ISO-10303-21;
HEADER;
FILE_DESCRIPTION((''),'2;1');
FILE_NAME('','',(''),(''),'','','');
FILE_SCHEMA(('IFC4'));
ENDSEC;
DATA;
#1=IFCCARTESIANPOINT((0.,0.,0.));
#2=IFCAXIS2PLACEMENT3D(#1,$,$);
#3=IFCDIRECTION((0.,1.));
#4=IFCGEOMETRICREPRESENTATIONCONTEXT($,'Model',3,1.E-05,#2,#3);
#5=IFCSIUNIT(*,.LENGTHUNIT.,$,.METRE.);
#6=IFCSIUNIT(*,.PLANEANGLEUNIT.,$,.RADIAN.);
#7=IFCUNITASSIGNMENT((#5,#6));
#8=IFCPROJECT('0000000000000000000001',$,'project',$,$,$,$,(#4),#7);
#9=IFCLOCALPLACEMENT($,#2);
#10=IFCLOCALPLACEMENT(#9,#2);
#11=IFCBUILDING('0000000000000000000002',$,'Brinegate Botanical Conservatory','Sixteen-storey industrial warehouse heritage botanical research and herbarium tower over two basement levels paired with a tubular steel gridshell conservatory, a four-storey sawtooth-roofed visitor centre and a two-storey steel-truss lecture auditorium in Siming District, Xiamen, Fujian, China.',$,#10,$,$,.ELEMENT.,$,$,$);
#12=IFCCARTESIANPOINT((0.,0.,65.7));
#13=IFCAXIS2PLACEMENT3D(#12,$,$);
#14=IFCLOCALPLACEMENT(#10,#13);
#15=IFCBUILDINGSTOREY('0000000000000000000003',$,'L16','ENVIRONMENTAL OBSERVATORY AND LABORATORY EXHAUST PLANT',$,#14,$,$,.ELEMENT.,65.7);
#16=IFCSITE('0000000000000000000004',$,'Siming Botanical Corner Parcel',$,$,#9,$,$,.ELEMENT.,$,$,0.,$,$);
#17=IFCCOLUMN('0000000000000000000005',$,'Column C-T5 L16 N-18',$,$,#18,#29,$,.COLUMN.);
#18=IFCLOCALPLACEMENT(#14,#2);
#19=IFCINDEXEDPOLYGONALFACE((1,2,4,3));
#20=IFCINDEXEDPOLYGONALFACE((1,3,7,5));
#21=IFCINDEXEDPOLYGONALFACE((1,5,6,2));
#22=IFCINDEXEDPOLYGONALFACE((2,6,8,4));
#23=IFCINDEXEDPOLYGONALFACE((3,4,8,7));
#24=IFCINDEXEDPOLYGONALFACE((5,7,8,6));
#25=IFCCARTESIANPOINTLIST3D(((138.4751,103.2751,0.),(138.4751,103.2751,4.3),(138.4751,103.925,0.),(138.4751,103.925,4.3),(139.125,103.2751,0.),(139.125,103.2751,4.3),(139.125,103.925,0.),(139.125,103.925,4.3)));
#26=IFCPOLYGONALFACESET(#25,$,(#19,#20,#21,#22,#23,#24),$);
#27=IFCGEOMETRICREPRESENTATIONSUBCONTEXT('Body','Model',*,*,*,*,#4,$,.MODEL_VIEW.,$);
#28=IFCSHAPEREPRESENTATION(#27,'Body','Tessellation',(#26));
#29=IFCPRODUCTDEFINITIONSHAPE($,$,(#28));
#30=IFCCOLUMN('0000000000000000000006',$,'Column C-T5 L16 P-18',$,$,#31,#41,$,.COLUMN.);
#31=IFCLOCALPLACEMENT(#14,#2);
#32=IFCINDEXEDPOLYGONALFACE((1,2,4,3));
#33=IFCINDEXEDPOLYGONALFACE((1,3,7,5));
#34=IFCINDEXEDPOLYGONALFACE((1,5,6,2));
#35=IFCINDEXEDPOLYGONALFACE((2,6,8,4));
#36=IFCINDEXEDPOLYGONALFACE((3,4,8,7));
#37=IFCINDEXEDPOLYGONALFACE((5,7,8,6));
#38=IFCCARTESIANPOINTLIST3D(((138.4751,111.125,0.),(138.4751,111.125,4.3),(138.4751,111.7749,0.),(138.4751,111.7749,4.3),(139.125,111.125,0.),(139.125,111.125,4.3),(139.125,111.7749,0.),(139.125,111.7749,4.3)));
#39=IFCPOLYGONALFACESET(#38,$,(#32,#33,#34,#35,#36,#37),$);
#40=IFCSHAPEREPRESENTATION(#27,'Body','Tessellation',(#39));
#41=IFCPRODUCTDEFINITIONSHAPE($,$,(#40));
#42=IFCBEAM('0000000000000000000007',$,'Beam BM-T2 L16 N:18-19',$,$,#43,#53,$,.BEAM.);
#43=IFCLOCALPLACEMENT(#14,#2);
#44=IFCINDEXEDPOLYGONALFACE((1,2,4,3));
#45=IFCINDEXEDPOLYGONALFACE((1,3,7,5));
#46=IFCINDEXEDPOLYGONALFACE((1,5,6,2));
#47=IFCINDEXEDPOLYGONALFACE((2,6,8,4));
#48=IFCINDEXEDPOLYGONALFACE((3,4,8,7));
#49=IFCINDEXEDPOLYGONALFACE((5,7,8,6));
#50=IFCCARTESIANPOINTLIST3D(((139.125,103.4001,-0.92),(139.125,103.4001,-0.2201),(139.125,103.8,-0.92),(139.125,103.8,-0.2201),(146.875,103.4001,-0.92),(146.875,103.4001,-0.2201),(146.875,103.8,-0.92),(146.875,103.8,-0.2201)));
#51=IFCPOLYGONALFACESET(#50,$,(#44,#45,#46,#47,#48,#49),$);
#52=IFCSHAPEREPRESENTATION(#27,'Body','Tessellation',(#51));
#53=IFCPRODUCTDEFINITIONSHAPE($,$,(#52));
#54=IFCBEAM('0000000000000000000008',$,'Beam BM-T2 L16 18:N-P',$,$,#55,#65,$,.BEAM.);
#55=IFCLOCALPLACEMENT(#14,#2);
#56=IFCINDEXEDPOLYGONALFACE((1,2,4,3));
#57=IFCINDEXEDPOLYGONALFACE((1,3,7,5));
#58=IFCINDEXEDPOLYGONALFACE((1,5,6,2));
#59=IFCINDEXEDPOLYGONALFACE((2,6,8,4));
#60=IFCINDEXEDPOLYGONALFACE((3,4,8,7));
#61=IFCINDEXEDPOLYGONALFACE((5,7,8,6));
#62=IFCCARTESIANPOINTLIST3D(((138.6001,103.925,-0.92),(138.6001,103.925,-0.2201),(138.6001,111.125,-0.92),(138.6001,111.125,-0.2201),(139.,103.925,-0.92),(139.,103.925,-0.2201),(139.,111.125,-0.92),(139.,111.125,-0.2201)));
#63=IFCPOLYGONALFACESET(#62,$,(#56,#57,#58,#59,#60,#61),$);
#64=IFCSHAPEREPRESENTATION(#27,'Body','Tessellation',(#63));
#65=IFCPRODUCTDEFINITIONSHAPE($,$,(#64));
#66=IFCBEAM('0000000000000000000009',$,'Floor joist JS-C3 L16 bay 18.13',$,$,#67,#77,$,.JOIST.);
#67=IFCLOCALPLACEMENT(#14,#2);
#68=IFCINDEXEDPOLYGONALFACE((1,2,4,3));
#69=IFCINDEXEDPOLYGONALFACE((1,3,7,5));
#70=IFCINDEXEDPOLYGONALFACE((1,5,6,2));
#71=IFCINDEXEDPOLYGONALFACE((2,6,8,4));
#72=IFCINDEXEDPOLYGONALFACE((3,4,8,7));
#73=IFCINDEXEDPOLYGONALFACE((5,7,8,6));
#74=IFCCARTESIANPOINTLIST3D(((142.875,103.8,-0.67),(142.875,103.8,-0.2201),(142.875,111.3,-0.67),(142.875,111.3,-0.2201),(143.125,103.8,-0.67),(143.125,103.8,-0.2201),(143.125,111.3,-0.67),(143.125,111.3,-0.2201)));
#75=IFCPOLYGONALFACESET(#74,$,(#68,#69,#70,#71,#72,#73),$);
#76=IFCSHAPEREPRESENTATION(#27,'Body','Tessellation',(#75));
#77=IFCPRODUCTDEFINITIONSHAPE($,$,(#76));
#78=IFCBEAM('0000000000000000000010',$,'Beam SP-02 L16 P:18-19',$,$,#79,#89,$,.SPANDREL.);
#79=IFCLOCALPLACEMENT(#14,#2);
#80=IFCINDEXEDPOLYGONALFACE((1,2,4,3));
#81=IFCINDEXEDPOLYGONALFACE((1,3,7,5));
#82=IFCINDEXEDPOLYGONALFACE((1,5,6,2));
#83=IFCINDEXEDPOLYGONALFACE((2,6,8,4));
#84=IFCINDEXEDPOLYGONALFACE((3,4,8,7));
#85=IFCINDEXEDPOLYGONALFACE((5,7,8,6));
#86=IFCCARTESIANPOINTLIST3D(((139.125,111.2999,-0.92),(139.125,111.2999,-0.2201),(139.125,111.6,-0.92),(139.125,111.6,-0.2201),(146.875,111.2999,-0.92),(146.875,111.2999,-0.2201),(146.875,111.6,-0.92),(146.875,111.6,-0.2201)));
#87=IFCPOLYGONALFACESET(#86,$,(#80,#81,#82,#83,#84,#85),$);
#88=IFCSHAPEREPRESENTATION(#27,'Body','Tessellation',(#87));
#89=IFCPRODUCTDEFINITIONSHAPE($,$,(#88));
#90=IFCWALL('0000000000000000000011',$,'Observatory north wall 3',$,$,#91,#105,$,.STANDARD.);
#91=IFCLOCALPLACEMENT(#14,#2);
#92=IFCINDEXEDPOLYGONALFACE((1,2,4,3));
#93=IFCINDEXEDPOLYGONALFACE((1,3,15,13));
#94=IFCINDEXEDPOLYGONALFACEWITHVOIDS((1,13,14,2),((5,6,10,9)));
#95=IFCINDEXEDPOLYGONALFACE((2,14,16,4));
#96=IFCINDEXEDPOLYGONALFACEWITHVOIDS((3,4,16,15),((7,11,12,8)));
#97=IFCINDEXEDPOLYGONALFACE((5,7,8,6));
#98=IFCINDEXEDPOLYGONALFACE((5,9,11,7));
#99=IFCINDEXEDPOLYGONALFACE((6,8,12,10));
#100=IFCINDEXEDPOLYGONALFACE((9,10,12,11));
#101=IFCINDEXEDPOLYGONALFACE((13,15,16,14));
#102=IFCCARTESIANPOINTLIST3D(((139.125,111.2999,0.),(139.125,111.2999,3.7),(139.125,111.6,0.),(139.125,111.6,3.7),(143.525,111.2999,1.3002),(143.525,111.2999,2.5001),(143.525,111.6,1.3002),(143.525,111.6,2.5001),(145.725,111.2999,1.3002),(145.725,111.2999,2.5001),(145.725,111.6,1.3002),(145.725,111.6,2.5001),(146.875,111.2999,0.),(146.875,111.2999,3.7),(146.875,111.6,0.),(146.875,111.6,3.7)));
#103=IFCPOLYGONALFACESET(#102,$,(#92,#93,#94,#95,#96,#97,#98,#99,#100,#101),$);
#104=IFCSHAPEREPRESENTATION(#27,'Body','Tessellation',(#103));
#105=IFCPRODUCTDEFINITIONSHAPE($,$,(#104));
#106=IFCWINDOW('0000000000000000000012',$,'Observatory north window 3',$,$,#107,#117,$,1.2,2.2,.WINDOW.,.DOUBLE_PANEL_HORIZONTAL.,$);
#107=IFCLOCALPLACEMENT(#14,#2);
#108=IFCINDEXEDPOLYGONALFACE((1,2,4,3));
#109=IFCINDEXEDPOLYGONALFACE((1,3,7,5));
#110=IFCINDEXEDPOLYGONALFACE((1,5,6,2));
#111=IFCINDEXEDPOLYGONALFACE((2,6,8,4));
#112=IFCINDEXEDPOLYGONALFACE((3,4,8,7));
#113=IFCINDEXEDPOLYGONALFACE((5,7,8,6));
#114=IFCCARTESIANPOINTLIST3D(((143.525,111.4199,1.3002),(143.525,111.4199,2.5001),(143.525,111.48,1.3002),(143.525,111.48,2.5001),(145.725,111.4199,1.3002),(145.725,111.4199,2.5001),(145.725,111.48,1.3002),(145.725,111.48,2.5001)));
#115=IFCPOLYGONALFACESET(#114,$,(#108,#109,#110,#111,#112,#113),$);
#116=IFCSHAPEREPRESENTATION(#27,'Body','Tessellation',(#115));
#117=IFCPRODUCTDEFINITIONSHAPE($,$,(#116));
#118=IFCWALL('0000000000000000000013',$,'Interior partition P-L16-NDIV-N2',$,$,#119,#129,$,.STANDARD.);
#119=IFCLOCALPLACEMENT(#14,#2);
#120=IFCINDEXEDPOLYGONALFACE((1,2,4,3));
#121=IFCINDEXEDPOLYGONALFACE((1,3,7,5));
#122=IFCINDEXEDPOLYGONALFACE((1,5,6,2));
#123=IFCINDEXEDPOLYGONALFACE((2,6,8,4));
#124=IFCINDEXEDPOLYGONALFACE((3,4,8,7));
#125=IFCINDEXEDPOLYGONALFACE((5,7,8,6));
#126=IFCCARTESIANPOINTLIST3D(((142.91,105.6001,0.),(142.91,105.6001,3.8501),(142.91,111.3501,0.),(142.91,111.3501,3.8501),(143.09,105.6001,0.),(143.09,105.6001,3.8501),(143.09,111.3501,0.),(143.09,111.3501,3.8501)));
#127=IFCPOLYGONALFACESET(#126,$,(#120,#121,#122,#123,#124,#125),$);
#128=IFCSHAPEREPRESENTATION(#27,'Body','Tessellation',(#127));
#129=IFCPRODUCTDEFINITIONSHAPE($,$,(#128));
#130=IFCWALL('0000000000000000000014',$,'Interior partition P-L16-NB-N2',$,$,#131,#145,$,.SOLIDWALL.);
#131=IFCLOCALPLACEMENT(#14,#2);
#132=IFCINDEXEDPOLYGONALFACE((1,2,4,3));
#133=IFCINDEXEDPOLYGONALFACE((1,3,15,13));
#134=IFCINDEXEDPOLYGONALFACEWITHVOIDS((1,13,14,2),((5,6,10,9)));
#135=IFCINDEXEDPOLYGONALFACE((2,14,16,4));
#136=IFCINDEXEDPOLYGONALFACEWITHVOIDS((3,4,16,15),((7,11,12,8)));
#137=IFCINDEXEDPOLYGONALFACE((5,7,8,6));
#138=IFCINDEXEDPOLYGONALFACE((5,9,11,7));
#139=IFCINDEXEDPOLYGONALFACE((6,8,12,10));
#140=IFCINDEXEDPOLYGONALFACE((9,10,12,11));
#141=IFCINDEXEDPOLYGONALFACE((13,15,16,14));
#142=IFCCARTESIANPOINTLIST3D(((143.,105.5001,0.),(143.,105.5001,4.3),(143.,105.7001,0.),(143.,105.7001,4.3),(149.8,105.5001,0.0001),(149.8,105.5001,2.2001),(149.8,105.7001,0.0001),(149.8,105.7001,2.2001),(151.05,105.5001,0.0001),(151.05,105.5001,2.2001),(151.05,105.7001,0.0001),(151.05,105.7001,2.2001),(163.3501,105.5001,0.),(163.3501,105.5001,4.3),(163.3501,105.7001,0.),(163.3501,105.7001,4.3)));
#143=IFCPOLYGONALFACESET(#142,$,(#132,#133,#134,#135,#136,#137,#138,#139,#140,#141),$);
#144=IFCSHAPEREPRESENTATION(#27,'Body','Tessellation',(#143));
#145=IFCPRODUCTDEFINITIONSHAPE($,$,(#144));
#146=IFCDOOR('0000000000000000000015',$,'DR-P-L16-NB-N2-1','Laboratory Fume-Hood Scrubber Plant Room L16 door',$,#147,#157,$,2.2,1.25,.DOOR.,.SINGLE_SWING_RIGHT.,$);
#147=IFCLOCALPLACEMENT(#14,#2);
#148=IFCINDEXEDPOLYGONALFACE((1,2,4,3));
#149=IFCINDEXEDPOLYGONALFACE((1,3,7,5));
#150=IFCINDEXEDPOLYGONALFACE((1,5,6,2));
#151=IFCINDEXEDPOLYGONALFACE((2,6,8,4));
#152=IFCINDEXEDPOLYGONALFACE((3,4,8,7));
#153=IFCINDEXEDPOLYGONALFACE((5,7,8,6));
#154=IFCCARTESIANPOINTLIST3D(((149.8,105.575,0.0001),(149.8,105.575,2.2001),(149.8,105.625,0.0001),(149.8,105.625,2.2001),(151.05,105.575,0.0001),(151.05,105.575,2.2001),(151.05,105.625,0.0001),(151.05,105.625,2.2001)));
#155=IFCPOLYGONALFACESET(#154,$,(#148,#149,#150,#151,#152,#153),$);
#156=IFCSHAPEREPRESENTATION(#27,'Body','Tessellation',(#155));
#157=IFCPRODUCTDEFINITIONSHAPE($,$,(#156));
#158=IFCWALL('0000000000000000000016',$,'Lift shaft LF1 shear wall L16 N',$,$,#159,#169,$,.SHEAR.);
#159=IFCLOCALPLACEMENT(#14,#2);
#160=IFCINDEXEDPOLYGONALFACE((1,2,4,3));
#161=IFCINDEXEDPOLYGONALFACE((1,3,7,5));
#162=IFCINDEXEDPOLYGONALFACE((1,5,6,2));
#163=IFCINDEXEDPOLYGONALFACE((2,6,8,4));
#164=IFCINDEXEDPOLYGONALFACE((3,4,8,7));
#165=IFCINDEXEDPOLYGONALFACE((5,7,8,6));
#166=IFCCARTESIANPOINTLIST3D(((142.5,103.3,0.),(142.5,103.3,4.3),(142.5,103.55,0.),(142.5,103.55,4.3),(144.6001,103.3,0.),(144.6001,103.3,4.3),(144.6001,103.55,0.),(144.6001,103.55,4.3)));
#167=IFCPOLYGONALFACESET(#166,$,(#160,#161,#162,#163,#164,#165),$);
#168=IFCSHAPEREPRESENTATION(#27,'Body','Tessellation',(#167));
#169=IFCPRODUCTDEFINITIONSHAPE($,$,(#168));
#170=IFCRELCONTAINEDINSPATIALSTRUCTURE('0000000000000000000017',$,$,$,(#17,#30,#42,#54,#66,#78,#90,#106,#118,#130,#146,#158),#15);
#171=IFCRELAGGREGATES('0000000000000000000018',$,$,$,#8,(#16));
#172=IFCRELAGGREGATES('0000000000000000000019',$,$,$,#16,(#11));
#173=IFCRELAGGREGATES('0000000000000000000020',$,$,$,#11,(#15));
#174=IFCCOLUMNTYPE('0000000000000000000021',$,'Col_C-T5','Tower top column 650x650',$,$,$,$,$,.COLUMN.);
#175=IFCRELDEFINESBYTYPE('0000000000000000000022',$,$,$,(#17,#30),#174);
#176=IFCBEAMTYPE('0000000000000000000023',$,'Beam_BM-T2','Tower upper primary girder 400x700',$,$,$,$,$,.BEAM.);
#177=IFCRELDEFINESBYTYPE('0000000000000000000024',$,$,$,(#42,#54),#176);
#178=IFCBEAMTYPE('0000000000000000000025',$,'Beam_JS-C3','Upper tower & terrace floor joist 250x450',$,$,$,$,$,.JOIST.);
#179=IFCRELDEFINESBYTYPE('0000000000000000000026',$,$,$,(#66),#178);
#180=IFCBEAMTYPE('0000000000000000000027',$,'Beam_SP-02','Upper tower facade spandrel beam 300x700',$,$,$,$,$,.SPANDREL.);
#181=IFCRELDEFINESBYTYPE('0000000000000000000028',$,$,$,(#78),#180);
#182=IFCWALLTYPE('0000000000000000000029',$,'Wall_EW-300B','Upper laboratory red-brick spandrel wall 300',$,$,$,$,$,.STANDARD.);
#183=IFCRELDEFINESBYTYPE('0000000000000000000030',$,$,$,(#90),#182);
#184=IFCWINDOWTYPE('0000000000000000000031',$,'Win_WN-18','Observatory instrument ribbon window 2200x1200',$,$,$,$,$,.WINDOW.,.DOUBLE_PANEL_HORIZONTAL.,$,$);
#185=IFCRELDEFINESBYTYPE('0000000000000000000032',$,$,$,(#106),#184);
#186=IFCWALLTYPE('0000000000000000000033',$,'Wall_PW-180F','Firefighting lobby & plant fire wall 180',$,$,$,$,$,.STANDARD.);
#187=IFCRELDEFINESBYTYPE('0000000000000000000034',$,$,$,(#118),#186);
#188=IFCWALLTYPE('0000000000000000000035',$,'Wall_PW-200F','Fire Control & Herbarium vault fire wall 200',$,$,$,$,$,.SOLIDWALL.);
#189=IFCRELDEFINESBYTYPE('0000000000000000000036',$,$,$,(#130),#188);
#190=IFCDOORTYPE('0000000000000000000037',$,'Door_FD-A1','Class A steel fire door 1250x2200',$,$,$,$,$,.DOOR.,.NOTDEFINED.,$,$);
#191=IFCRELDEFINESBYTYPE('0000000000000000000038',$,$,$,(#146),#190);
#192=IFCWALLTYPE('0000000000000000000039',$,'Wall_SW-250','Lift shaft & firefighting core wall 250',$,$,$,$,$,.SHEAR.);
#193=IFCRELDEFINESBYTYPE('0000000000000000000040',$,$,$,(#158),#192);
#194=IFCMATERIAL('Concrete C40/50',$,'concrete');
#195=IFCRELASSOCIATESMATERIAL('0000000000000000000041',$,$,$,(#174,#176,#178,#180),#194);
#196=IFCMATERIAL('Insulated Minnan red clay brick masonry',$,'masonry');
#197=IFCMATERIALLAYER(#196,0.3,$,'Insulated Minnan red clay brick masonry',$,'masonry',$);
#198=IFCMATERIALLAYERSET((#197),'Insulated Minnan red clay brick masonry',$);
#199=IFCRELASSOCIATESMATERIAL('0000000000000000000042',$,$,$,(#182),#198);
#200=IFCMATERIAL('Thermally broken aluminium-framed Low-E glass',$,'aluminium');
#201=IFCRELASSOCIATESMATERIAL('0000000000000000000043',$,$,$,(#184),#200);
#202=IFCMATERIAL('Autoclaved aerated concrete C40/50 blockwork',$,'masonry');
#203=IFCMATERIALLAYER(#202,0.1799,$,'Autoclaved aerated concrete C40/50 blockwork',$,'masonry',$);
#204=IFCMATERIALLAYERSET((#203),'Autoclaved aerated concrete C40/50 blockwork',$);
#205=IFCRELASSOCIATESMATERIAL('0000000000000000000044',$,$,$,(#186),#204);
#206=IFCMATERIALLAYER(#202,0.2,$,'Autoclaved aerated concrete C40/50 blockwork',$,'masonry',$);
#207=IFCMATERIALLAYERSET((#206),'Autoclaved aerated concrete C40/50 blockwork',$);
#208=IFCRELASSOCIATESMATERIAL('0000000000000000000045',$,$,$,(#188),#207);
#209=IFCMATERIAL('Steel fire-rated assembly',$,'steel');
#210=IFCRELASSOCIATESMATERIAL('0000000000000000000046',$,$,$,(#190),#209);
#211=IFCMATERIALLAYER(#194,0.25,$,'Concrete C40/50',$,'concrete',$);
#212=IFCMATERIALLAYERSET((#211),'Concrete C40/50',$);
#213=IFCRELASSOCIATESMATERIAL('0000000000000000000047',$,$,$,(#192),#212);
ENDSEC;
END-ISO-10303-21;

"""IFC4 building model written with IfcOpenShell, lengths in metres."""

from ifc_helpers import new_model, si_unit, direction, frame, frame_2d, origin, origin_2d, place, context, subcontext, project, spatial, rectangle, extrude, material, layer, layer_set, material_profile, profile_set, type_object, element, fill, save


model = new_model("IFC4")

# Units and contexts
model_context = context("Model", 3, precision=1e-05, world=origin(), true_north=direction((0.0, 1.0)))
body_context = subcontext(model_context, "Body", "Model", "MODEL_VIEW")
ifc_project = project(units=[si_unit("LENGTHUNIT", "METRE"), si_unit("PLANEANGLEUNIT", "RADIAN")], contexts=[model_context])

# Site, building, storey
site_placement = place(None, origin())
site = spatial("IfcSite", under=ifc_project, at=site_placement, Name="Siming Botanical Corner Parcel", CompositionType="ELEMENT", RefElevation=0.0)
building_placement = place(site_placement, origin())
building = spatial("IfcBuilding", under=site, at=building_placement, Name="Brinegate Botanical Conservatory", Description="Sixteen-storey industrial warehouse heritage botanical research and herbarium tower over two basement levels paired with a tubular steel gridshell conservatory, a four-storey sawtooth-roofed visitor centre and a two-storey steel-truss lecture auditorium in Siming District, Xiamen, Fujian, China.", CompositionType="ELEMENT")
storey_placement = place(building_placement, frame((0.0, 0.0, 65.7)))
storey = spatial("IfcBuildingStorey", under=building, at=storey_placement, Name="L16", Description="ENVIRONMENTAL OBSERVATORY AND LABORATORY EXHAUST PLANT", CompositionType="ELEMENT", Elevation=65.7)

# Columns
ifc_material_1 = material(Name="Concrete C40/50", Category="concrete")
ifc_material_profile_1 = material_profile(ifc_material_1, rectangle(XDim=0.6499, YDim=0.6499, at=origin_2d()), Name="RC COL 650x650")
ifc_profile_set_1 = profile_set([ifc_material_profile_1], Name="Concrete C40/50")
column_type = type_object("IfcColumnType", Name="Col_C-T5", Description="Tower top column 650x650", PredefinedType="COLUMN", material=ifc_profile_set_1)
for number, where, z_axis, x_axis, name in (
    (1, (138.8, 103.6001, 0.0), (0.0, 0.0, 1.0), (1.0, 0.0, 0.0), "Column C-T5 L16 N-18"),
    (2, (138.8, 111.45, 0.0), (0.0, 0.0, 1.0), (1.0, 0.0, 0.0), "Column C-T5 L16 P-18"),
):
    element("IfcColumn", number, at=place(storey_placement, frame(where, z_axis=z_axis, x_axis=x_axis)), inside=storey, type_object=column_type, Name=name, PredefinedType="COLUMN", context=body_context, shape_type="SweptSolid", body=[
        extrude(rectangle(XDim=0.6499, YDim=0.6499, at=origin_2d()), origin(), (0.0, 0.0, 1.0), 4.3),
    ])

# Beams
ifc_material_profile_2 = material_profile(ifc_material_1, rectangle(XDim=0.3999, YDim=0.7, at=origin_2d()), Name="RC BM 400x700")
ifc_profile_set_2 = profile_set([ifc_material_profile_2], Name="Concrete C40/50")
beam_type_1 = type_object("IfcBeamType", Name="Beam_BM-T2", Description="Tower upper primary girder 400x700", PredefinedType="BEAM", material=ifc_profile_set_2)
beam_1_placement = place(storey_placement, frame((139.125, 103.6001, -0.5701), z_axis=(1.0, 0.0, 0.0), x_axis=(0.0, 1.0, 0.0)))
element("IfcBeam", 3, at=beam_1_placement, inside=storey, type_object=beam_type_1, Name="Beam BM-T2 L16 N:18-19", PredefinedType="BEAM", context=body_context, shape_type="SweptSolid", body=[
    extrude(rectangle(XDim=0.3999, YDim=0.7, at=origin_2d()), origin(), (0.0, 0.0, 1.0), 7.75),
])
beam_2_placement = place(storey_placement, frame((138.8, 103.925, -0.5701), z_axis=(0.0, 1.0, 0.0), x_axis=(-1.0, 0.0, 0.0)))
element("IfcBeam", 4, at=beam_2_placement, inside=storey, type_object=beam_type_1, Name="Beam BM-T2 L16 18:N-P", PredefinedType="BEAM", context=body_context, shape_type="SweptSolid", body=[
    extrude(rectangle(XDim=0.3999, YDim=0.7, at=origin_2d()), origin(), (0.0, 0.0, 1.0), 7.2),
])
ifc_material_profile_3 = material_profile(ifc_material_1, rectangle(XDim=0.25, YDim=0.45, at=origin_2d()), Name="RC JST 250x450")
ifc_profile_set_3 = profile_set([ifc_material_profile_3], Name="Concrete C40/50")
beam_type_2 = type_object("IfcBeamType", Name="Beam_JS-C3", Description="Upper tower & terrace floor joist 250x450", PredefinedType="JOIST", material=ifc_profile_set_3)
beam_3_placement = place(storey_placement, frame((143.0, 103.8, -0.4451), z_axis=(0.0, 1.0, 0.0), x_axis=(-1.0, 0.0, 0.0)))
element("IfcBeam", 5, at=beam_3_placement, inside=storey, type_object=beam_type_2, Name="Floor joist JS-C3 L16 bay 18.13", PredefinedType="JOIST", context=body_context, shape_type="SweptSolid", body=[
    extrude(rectangle(XDim=0.25, YDim=0.45, at=origin_2d()), origin(), (0.0, 0.0, 1.0), 7.5),
])
ifc_material_profile_4 = material_profile(ifc_material_1, rectangle(XDim=0.3, YDim=0.7, at=origin_2d()), Name="RC SPN 300x700")
ifc_profile_set_4 = profile_set([ifc_material_profile_4], Name="Concrete C40/50")
beam_type_3 = type_object("IfcBeamType", Name="Beam_SP-02", Description="Upper tower facade spandrel beam 300x700", PredefinedType="SPANDREL", material=ifc_profile_set_4)
beam_4_placement = place(storey_placement, frame((139.125, 111.45, -0.5701), z_axis=(1.0, 0.0, 0.0), x_axis=(0.0, 1.0, 0.0)))
element("IfcBeam", 6, at=beam_4_placement, inside=storey, type_object=beam_type_3, Name="Beam SP-02 L16 P:18-19", PredefinedType="SPANDREL", context=body_context, shape_type="SweptSolid", body=[
    extrude(rectangle(XDim=0.3, YDim=0.7, at=origin_2d()), origin(), (0.0, 0.0, 1.0), 7.75),
])

# Wall, opening, window
ifc_material_2 = material(Name="Insulated Minnan red clay brick masonry", Category="masonry")
ifc_layer_1 = layer(ifc_material_2, 0.3, Name="Insulated Minnan red clay brick masonry", Category="masonry")
ifc_layer_set_1 = layer_set([ifc_layer_1], Name="Insulated Minnan red clay brick masonry")
wall_type_1 = type_object("IfcWallType", Name="Wall_EW-300B", Description="Upper laboratory red-brick spandrel wall 300", PredefinedType="STANDARD", material=ifc_layer_set_1)
wall_1_placement = place(storey_placement, frame((139.125, 111.45, 0.0), z_axis=(0.0, 0.0, 1.0), x_axis=(1.0, 0.0, 0.0)))
wall_1 = element("IfcWall", 7, at=wall_1_placement, inside=storey, type_object=wall_type_1, Name="Observatory north wall 3", PredefinedType="STANDARD", context=body_context, shape_type="SweptSolid", body=[
    extrude(rectangle(XDim=7.75, YDim=0.3, at=frame_2d((3.875, 0.0))), origin(), (0.0, 0.0, 1.0), 3.7),
])
opening_1_placement = place(wall_1_placement, frame((4.3999, 0.0, 1.3)))
opening_1 = element("IfcOpeningElement", 8, at=opening_1_placement, cuts=wall_1, PredefinedType="OPENING", context=body_context, shape_type="SweptSolid", body=[
    extrude(rectangle(XDim=2.2, YDim=1.2, at=frame_2d((1.1001, 0.6001))), frame((0.0, 0.1599, 0.0), z_axis=(0.0, -1.0, 0.0), x_axis=(1.0, 0.0, 0.0)), (0.0, 0.0, 1.0), 0.3201),
])
ifc_material_3 = material(Name="Thermally broken aluminium-framed Low-E glass", Category="aluminium")
window_type = type_object("IfcWindowType", Name="Win_WN-18", Description="Observatory instrument ribbon window 2200x1200", PartitioningType="DOUBLE_PANEL_HORIZONTAL", PredefinedType="WINDOW", material=ifc_material_3)
window_placement = place(opening_1_placement, origin())
window = element("IfcWindow", 9, at=window_placement, inside=storey, type_object=window_type, Name="Observatory north window 3", OverallHeight=1.2, OverallWidth=2.2, PartitioningType="DOUBLE_PANEL_HORIZONTAL", PredefinedType="WINDOW", context=body_context, shape_type="SweptSolid", body=[
    extrude(rectangle(XDim=2.2, YDim=1.2, at=frame_2d((1.1001, 0.6001))), frame((0.0, 0.03, 0.0), z_axis=(0.0, -1.0, 0.0), x_axis=(1.0, 0.0, 0.0)), (0.0, 0.0, 1.0), 0.0601),
])
fill(opening_1, window)

# Wall
ifc_material_4 = material(Name="Autoclaved aerated concrete C40/50 blockwork", Category="masonry")
ifc_layer_2 = layer(ifc_material_4, 0.1799, Name="Autoclaved aerated concrete C40/50 blockwork", Category="masonry")
ifc_layer_set_2 = layer_set([ifc_layer_2], Name="Autoclaved aerated concrete C40/50 blockwork")
wall_type_2 = type_object("IfcWallType", Name="Wall_PW-180F", Description="Firefighting lobby & plant fire wall 180", PredefinedType="STANDARD", material=ifc_layer_set_2)
wall_2_placement = place(storey_placement, frame((143.0, 105.6001, 0.0), z_axis=(0.0, 0.0, 1.0), x_axis=(0.0, 1.0, 0.0)))
element("IfcWall", 10, at=wall_2_placement, inside=storey, type_object=wall_type_2, Name="Interior partition P-L16-NDIV-N2", PredefinedType="STANDARD", context=body_context, shape_type="SweptSolid", body=[
    extrude(rectangle(XDim=5.75, YDim=0.1799, at=frame_2d((2.875, 0.0))), origin(), (0.0, 0.0, 1.0), 3.8501),
])

# Wall, opening, door
ifc_layer_3 = layer(ifc_material_4, 0.2, Name="Autoclaved aerated concrete C40/50 blockwork", Category="masonry")
ifc_layer_set_3 = layer_set([ifc_layer_3], Name="Autoclaved aerated concrete C40/50 blockwork")
wall_type_3 = type_object("IfcWallType", Name="Wall_PW-200F", Description="Fire Control & Herbarium vault fire wall 200", PredefinedType="SOLIDWALL", material=ifc_layer_set_3)
wall_3_placement = place(storey_placement, frame((143.0, 105.6001, 0.0), z_axis=(0.0, 0.0, 1.0), x_axis=(1.0, 0.0, 0.0)))
wall_3 = element("IfcWall", 11, at=wall_3_placement, inside=storey, type_object=wall_type_3, Name="Interior partition P-L16-NB-N2", PredefinedType="SOLIDWALL", context=body_context, shape_type="SweptSolid", body=[
    extrude(rectangle(XDim=20.3501, YDim=0.2, at=frame_2d((10.175, 0.0))), origin(), (0.0, 0.0, 1.0), 4.3),
])
opening_2_placement = place(wall_3_placement, frame((6.8, 0.0, 0.0)))
opening_2 = element("IfcOpeningElement", 12, at=opening_2_placement, cuts=wall_3, PredefinedType="OPENING", context=body_context, shape_type="SweptSolid", body=[
    extrude(rectangle(XDim=1.25, YDim=2.2, at=frame_2d((0.625, 1.1001))), frame((0.0, 0.1099, 0.0), z_axis=(0.0, -1.0, 0.0), x_axis=(1.0, 0.0, 0.0)), (0.0, 0.0, 1.0), 0.22),
])
ifc_material_5 = material(Name="Steel fire-rated assembly", Category="steel")
door_type_1 = type_object("IfcDoorType", Name="Door_FD-A1", Description="Class A steel fire door 1250x2200", OperationType="NOTDEFINED", PredefinedType="DOOR", material=ifc_material_5)
door_1_placement = place(opening_2_placement, origin())
door_1 = element("IfcDoor", 13, at=door_1_placement, inside=storey, type_object=door_type_1, Name="DR-P-L16-NB-N2-1", Description="Laboratory Fume-Hood Scrubber Plant Room L16 door", OperationType="SINGLE_SWING_RIGHT", OverallHeight=2.2, OverallWidth=1.25, PredefinedType="DOOR", context=body_context, shape_type="SweptSolid", body=[
    extrude(rectangle(XDim=1.25, YDim=2.2, at=frame_2d((0.625, 1.1001))), frame((0.0, 0.0249, 0.0), z_axis=(0.0, -1.0, 0.0), x_axis=(1.0, 0.0, 0.0)), (0.0, 0.0, 1.0), 0.05),
])
fill(opening_2, door_1)
ifc_layer_4 = layer(ifc_material_1, 0.25, Name="Concrete C40/50", Category="concrete")
ifc_layer_set_4 = layer_set([ifc_layer_4], Name="Concrete C40/50")
wall_type_4 = type_object("IfcWallType", Name="Wall_SW-250", Description="Lift shaft & firefighting core wall 250", PredefinedType="SHEAR", material=ifc_layer_set_4)

# Wall
wall_4_placement = place(storey_placement, frame((142.5, 103.425, 0.0), z_axis=(0.0, 0.0, 1.0), x_axis=(1.0, 0.0, 0.0)))
element("IfcWall", 14, at=wall_4_placement, inside=storey, type_object=wall_type_4, Name="Lift shaft LF1 shear wall L16 N", PredefinedType="SHEAR", context=body_context, shape_type="SweptSolid", body=[
    extrude(rectangle(XDim=2.1001, YDim=0.25, at=frame_2d((1.05, 0.0))), origin(), (0.0, 0.0, 1.0), 4.3),
])

save(model, "model.ifc")
